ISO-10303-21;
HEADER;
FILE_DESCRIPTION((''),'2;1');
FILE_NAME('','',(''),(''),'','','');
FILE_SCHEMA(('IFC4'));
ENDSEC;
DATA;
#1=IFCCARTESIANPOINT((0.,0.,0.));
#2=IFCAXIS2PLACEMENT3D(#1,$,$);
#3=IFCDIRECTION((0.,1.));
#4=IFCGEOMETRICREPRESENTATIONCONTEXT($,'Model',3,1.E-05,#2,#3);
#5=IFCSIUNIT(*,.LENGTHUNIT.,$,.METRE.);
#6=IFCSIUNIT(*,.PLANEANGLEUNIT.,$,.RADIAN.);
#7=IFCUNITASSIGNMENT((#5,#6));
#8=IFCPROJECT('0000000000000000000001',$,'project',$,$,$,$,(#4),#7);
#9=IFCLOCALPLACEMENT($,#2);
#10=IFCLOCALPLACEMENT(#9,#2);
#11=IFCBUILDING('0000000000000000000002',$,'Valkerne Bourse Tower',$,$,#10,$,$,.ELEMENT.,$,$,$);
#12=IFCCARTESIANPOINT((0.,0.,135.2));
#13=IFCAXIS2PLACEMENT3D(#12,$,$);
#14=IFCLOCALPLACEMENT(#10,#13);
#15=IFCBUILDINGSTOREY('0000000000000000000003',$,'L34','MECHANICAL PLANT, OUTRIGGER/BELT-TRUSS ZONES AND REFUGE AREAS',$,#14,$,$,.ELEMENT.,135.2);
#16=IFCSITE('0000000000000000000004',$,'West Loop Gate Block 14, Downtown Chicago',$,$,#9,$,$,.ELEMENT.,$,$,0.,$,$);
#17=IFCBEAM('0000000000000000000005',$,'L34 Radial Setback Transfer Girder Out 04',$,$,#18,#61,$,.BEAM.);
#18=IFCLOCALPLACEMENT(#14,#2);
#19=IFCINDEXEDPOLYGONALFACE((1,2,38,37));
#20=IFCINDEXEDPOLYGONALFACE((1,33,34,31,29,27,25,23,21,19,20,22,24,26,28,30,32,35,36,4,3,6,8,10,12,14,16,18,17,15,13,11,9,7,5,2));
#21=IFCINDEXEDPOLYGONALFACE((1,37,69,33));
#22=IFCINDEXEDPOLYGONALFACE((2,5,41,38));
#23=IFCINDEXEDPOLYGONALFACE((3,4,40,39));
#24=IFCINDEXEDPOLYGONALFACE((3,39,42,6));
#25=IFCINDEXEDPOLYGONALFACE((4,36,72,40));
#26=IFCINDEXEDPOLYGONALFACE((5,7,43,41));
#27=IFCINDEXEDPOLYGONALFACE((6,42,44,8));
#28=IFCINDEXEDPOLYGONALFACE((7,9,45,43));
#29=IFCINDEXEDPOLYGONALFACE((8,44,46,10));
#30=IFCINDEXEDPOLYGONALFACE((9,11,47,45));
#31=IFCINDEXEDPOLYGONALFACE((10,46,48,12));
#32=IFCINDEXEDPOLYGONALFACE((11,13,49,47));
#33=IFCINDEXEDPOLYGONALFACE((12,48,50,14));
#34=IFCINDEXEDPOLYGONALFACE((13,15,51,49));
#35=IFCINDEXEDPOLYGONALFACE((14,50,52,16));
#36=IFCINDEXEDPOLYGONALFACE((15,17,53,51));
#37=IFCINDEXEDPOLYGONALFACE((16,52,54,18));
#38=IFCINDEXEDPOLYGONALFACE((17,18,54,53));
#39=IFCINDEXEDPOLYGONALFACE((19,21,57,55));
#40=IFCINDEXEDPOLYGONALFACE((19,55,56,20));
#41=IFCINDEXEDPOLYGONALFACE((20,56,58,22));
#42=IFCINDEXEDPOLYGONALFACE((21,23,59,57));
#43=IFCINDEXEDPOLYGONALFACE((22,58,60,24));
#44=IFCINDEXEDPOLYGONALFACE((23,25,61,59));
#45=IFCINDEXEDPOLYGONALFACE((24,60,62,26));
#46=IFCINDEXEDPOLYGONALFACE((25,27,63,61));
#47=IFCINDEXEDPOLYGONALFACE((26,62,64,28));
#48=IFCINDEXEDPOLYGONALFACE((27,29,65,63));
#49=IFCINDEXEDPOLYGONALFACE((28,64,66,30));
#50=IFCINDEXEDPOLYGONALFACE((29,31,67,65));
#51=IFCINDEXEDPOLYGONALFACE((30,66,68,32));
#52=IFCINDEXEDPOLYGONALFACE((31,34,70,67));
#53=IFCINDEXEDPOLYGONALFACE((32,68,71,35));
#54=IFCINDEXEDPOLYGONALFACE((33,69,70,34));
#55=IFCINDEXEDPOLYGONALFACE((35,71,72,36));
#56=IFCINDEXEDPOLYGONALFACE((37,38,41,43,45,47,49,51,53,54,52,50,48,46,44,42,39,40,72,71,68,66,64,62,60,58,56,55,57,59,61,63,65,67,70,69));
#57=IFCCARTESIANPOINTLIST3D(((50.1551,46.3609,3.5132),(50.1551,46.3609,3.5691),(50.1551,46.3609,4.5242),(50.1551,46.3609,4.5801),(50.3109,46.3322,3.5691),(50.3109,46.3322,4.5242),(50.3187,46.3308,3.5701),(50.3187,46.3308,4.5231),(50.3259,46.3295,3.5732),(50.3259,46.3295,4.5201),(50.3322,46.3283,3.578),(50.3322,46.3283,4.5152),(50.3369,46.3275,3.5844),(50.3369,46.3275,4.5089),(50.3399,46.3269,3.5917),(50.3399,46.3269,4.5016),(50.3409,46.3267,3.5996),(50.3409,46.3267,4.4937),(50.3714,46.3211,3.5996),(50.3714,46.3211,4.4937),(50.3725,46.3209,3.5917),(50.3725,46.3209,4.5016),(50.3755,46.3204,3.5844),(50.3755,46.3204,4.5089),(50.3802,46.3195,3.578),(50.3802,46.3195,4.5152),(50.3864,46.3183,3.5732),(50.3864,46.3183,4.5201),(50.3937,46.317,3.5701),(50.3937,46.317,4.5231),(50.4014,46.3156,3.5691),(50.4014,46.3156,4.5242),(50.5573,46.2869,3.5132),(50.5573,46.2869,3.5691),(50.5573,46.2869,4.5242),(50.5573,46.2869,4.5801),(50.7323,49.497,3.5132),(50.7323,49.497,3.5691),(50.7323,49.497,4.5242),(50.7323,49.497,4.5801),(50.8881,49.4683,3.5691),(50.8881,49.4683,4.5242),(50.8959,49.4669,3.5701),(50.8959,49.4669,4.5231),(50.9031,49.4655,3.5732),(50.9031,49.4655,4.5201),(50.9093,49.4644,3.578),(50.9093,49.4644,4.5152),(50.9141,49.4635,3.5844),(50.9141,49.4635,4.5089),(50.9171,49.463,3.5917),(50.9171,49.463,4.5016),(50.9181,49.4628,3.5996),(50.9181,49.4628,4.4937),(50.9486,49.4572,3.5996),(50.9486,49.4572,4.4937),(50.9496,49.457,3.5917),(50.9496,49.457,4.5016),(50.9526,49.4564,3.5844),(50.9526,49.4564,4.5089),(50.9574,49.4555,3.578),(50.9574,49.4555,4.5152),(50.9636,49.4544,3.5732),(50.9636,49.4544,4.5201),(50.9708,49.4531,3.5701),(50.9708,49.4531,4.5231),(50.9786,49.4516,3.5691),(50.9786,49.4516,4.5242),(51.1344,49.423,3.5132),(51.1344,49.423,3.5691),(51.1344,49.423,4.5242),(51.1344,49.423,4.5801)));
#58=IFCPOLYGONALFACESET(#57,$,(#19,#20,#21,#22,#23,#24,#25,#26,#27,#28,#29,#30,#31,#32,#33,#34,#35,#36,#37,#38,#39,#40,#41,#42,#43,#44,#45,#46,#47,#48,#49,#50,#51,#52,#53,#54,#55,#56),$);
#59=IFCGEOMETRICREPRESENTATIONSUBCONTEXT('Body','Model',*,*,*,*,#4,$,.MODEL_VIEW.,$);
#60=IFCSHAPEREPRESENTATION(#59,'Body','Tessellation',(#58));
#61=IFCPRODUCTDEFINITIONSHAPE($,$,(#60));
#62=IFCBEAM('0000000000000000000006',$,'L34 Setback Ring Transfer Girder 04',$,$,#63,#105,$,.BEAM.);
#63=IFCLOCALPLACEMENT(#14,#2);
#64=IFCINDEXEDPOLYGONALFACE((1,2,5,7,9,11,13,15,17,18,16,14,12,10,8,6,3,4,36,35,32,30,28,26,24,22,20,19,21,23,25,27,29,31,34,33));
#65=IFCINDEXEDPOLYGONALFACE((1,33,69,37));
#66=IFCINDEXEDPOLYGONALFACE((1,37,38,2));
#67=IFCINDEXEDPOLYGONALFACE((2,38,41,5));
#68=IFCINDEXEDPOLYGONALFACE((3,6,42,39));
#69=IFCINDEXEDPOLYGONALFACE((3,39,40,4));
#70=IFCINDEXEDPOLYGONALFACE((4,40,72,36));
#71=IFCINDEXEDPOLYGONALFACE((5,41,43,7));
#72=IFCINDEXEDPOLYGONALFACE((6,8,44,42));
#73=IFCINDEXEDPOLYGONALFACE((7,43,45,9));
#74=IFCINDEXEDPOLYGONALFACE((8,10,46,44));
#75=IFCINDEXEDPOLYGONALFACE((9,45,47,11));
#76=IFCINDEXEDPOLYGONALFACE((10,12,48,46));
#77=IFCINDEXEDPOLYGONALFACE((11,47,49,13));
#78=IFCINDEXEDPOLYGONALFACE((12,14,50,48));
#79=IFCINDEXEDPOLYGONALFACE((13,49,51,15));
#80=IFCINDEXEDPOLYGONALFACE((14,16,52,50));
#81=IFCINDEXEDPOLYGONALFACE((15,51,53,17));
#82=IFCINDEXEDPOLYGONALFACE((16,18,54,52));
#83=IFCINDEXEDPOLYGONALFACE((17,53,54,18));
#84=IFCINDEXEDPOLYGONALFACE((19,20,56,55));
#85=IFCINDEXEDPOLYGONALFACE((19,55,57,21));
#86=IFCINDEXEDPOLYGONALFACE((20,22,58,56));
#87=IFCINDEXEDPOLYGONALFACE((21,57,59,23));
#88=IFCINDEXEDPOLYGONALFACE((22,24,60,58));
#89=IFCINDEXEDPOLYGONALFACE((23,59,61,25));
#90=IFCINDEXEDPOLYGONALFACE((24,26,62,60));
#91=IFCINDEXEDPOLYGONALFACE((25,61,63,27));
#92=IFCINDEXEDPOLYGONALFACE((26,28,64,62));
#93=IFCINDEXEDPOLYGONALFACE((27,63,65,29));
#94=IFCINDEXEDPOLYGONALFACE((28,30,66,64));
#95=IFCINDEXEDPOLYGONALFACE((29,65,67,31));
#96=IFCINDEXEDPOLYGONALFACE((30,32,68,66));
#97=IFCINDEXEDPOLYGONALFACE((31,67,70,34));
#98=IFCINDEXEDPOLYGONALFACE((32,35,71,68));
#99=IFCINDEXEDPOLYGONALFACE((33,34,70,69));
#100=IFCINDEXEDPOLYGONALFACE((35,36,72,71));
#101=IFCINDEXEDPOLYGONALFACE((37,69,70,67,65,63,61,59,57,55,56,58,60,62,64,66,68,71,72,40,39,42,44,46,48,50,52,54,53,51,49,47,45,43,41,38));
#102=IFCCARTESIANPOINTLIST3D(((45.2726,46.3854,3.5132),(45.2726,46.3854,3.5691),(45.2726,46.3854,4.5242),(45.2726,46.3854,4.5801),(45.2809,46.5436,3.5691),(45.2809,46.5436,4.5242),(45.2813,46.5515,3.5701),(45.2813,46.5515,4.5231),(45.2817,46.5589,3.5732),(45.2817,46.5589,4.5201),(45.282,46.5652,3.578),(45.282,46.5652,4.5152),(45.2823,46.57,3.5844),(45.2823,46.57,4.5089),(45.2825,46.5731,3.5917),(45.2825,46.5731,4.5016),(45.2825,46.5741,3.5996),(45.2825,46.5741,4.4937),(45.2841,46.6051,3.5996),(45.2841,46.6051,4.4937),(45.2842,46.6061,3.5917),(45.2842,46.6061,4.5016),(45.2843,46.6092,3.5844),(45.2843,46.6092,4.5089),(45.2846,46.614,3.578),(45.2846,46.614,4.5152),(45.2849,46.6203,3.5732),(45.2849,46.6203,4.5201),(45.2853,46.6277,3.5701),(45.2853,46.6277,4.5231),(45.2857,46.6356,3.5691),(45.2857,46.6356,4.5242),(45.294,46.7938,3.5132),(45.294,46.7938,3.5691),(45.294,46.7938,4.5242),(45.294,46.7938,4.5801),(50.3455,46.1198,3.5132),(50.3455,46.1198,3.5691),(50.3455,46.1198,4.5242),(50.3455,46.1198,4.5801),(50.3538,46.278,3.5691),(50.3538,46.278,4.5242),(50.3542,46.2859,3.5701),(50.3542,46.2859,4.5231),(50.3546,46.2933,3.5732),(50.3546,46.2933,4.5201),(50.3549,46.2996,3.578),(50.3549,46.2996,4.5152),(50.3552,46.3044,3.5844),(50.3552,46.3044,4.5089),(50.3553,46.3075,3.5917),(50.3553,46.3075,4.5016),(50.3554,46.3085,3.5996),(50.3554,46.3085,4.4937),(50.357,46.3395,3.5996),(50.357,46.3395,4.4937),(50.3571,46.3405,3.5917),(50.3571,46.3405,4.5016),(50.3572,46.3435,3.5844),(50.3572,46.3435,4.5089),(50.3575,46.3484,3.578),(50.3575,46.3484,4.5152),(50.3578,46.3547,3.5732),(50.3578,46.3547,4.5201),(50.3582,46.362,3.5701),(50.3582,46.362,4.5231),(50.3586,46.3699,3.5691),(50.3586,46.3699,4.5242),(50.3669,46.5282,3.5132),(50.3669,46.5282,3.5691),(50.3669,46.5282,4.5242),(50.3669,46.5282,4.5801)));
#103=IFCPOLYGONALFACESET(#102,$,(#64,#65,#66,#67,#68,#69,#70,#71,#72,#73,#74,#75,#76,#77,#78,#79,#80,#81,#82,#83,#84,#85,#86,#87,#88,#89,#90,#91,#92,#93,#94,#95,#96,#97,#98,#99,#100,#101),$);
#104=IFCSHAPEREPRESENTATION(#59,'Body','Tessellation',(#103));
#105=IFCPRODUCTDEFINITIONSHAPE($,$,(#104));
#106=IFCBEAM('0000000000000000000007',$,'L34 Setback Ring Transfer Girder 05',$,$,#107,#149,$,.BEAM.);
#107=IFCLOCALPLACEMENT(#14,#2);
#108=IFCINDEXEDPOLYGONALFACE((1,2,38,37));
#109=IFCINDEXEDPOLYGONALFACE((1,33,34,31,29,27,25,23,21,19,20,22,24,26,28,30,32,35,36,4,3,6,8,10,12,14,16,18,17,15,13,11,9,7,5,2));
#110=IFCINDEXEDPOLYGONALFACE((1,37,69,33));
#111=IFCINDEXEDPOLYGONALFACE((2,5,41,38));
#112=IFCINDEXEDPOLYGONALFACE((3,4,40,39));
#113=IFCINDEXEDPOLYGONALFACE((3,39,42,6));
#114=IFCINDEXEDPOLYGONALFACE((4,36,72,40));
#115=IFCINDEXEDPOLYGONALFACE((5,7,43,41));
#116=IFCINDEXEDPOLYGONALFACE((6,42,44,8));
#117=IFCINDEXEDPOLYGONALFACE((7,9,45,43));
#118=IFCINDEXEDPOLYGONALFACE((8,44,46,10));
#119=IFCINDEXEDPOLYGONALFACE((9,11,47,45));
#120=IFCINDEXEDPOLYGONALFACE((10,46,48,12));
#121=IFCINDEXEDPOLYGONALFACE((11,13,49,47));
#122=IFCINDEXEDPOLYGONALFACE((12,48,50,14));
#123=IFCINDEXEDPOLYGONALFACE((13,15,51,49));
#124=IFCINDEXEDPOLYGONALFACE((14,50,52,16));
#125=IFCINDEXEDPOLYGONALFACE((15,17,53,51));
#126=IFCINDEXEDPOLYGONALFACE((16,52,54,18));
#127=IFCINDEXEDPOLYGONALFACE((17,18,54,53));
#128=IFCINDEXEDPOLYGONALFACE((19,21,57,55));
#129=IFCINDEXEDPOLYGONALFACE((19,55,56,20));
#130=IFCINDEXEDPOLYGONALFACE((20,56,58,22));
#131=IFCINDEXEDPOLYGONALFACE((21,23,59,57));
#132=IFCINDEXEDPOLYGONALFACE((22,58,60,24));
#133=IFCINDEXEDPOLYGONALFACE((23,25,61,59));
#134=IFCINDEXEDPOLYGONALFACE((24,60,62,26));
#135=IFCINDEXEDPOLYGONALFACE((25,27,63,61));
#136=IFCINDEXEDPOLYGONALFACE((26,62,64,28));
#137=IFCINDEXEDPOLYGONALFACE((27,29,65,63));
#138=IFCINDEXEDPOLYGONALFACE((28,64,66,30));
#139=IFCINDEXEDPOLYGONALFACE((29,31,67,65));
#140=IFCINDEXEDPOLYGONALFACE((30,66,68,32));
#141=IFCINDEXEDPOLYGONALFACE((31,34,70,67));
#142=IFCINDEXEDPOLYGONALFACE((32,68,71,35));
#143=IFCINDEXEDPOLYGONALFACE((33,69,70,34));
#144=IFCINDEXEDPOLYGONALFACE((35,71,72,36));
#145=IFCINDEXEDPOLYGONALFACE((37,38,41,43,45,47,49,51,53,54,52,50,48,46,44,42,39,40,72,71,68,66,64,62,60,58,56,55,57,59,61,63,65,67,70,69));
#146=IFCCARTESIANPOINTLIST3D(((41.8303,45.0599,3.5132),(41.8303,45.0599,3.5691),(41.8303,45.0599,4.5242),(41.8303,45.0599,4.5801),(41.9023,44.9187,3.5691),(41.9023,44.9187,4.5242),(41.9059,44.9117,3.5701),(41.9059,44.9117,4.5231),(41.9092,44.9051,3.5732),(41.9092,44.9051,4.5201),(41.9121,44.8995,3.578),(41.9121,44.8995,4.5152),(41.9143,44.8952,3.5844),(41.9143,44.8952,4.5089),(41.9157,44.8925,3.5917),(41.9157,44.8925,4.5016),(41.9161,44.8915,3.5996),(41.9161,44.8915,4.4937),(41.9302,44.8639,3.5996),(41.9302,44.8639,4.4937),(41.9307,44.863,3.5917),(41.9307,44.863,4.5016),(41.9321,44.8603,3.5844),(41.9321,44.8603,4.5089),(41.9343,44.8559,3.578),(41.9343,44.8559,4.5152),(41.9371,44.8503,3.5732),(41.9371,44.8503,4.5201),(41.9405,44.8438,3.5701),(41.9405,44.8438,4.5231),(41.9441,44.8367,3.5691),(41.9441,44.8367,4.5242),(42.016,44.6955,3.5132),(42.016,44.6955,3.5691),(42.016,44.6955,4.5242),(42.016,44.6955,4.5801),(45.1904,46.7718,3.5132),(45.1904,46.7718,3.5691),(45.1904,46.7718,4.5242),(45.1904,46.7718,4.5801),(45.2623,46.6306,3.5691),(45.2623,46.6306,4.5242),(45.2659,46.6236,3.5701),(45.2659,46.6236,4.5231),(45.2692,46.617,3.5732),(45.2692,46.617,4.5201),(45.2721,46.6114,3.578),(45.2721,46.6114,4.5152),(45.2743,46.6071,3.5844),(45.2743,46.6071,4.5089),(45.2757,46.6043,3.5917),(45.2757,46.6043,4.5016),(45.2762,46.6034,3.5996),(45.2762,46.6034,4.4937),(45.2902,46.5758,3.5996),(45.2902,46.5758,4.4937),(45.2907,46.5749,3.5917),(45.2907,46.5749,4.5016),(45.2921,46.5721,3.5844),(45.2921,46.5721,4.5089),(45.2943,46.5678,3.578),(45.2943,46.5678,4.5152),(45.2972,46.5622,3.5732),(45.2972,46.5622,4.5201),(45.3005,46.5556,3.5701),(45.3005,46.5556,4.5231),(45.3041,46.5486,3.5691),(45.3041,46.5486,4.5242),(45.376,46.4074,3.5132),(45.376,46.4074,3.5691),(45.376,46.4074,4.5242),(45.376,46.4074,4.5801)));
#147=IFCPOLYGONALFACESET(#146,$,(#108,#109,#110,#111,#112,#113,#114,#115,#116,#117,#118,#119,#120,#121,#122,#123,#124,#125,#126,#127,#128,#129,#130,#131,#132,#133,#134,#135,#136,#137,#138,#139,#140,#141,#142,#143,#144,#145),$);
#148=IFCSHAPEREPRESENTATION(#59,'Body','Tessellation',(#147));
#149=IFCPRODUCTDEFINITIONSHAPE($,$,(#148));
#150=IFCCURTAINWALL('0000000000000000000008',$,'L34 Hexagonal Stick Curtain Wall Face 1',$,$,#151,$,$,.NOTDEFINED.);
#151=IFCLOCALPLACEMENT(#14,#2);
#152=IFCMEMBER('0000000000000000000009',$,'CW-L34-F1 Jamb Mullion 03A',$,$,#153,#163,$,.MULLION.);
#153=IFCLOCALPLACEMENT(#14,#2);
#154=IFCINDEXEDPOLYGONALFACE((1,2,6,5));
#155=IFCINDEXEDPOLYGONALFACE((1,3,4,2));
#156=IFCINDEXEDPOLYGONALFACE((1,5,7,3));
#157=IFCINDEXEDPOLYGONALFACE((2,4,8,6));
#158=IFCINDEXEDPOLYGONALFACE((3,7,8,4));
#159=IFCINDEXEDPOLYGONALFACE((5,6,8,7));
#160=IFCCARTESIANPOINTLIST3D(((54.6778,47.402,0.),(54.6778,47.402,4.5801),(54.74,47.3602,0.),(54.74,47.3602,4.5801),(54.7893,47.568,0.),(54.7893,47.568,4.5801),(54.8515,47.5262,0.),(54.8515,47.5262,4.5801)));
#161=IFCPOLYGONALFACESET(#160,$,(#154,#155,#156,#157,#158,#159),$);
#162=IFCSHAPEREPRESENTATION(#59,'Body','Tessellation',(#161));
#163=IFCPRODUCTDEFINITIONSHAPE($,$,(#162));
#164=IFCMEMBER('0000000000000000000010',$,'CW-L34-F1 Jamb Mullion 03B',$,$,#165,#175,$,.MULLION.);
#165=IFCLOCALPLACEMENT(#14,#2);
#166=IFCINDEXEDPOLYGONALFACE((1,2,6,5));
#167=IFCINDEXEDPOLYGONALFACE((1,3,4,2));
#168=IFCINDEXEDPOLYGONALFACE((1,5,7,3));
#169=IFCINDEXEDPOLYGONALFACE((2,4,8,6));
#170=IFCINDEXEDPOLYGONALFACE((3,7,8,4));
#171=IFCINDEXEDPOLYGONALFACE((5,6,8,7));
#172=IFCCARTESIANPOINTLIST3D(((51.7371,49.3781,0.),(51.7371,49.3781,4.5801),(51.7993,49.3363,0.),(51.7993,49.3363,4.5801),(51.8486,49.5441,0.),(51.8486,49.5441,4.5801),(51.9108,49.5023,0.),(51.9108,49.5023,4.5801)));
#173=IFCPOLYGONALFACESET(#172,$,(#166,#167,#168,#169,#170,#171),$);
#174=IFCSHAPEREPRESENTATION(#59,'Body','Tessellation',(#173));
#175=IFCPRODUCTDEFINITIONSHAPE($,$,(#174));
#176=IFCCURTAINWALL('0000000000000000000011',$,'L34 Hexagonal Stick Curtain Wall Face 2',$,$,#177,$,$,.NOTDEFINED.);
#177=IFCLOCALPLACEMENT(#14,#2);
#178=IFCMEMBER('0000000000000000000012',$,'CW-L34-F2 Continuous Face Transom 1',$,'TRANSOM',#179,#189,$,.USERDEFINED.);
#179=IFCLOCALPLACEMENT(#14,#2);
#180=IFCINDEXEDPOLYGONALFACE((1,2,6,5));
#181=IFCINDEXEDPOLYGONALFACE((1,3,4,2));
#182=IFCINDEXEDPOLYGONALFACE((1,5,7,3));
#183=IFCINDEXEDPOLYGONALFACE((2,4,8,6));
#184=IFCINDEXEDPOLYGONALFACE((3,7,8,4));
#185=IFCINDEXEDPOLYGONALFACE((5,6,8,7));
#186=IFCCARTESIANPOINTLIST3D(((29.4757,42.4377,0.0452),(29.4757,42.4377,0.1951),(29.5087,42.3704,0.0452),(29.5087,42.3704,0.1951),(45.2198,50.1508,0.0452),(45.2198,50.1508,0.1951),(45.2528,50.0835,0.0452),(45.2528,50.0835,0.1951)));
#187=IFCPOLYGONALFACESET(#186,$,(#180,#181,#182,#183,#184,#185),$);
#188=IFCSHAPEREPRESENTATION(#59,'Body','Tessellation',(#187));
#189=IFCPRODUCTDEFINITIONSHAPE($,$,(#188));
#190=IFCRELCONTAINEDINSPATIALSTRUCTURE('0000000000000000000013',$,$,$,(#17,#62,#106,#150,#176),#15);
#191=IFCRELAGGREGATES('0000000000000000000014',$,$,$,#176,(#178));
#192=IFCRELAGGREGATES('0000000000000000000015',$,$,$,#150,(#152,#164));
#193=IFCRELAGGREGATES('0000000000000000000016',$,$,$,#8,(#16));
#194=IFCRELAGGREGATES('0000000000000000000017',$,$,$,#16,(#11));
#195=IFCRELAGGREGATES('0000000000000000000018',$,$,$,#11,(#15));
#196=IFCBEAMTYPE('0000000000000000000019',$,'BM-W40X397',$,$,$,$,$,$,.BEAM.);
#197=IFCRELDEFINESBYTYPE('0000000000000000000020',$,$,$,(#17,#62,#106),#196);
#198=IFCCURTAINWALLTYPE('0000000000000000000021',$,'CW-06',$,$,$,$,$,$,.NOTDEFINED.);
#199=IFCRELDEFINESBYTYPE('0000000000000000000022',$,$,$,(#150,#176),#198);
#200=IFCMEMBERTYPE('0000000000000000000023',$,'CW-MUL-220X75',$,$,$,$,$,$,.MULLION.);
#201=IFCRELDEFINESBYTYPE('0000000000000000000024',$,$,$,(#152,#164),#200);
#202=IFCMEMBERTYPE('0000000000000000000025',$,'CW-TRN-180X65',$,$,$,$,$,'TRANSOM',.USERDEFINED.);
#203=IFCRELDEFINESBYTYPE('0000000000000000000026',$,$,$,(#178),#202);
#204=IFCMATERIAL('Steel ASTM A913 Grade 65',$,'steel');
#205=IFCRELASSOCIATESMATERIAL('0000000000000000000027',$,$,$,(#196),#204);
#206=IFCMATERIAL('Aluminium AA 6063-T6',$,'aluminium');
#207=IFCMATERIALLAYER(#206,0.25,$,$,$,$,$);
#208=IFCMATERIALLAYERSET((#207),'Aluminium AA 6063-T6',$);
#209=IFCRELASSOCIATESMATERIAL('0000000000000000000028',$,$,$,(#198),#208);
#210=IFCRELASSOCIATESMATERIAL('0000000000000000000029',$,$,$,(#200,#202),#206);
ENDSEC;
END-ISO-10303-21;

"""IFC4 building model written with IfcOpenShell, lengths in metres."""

from ifc_helpers import new_model, si_unit, direction, frame, origin, origin_2d, place, context, subcontext, project, spatial, rectangle, i_section, extrude, material, layer, layer_set, material_profile, profile_set, type_object, element, aggregate, save


model = new_model("IFC4")

# Units and contexts
model_context = context("Model", 3, precision=1e-05, world=origin(), true_north=direction((0.0, 1.0)))
body_context = subcontext(model_context, "Body", "Model", "MODEL_VIEW")
ifc_project = project(units=[si_unit("LENGTHUNIT", "METRE"), si_unit("PLANEANGLEUNIT", "RADIAN")], contexts=[model_context])

# Site, building, storey
site_placement = place(None, origin())
site = spatial("IfcSite", under=ifc_project, at=site_placement, Name="West Loop Gate Block 14, Downtown Chicago", CompositionType="ELEMENT", RefElevation=0.0)
building_placement = place(site_placement, origin())
building = spatial("IfcBuilding", under=site, at=building_placement, Name="Valkerne Bourse Tower", CompositionType="ELEMENT")
storey_placement = place(building_placement, frame((0.0, 0.0, 135.2)))
storey = spatial("IfcBuildingStorey", under=building, at=storey_placement, Name="L34", Description="MECHANICAL PLANT, OUTRIGGER/BELT-TRUSS ZONES AND REFUGE AREAS", CompositionType="ELEMENT", Elevation=135.2)

# Shared definitions
ifc_material_1 = material(Name="Steel ASTM A913 Grade 65", Category="steel")

# Beams
ifc_material_profile_1 = material_profile(ifc_material_1, i_section(OverallWidth=0.4089, OverallDepth=1.0669, WebThickness=0.031, FlangeThickness=0.0559, FilletRadius=0.0305, at=origin_2d()), Name="W40X397")
ifc_profile_set_1 = profile_set([ifc_material_profile_1], Name="Steel ASTM A913 Grade 65")
beam_type_1 = type_object("IfcBeamType", Name="BM-W40X397", PredefinedType="BEAM", material=ifc_profile_set_1)
beam_1_placement = place(storey_placement, frame((50.9333, 49.46, 4.0466), z_axis=(-0.181001, -0.983483, 0.0), x_axis=(0.983483, -0.181001, 0.0)))
element("IfcBeam", 1, at=beam_1_placement, inside=storey, type_object=beam_type_1, Name="L34 Radial Setback Transfer Girder Out 04", PredefinedType="BEAM", context=body_context, shape_type="SweptSolid", body=[
    extrude(i_section(OverallWidth=0.4089, OverallDepth=1.0669, WebThickness=0.031, FlangeThickness=0.0559, FilletRadius=0.0305, at=origin_2d()), origin(), (0.0, 0.0, 1.0), 3.1887),
])
beam_2_placement = place(storey_placement, frame((50.3562, 46.324, 4.0466), z_axis=(-0.998632, 0.052289, 0.0), x_axis=(-0.052289, -0.998632, 0.0)))
element("IfcBeam", 2, at=beam_2_placement, inside=storey, type_object=beam_type_1, Name="L34 Setback Ring Transfer Girder 04", PredefinedType="BEAM", context=body_context, shape_type="SweptSolid", body=[
    extrude(i_section(OverallWidth=0.4089, OverallDepth=1.0669, WebThickness=0.031, FlangeThickness=0.0559, FilletRadius=0.0305, at=origin_2d()), origin(), (0.0, 0.0, 1.0), 5.0798),
])
beam_3_placement = place(storey_placement, frame((45.2832, 46.5896, 4.0466), z_axis=(-0.891022, -0.45396, 0.0), x_axis=(0.45396, -0.891022, 0.0)))
element("IfcBeam", 3, at=beam_3_placement, inside=storey, type_object=beam_type_1, Name="L34 Setback Ring Transfer Girder 05", PredefinedType="BEAM", context=body_context, shape_type="SweptSolid", body=[
    extrude(i_section(OverallWidth=0.4089, OverallDepth=1.0669, WebThickness=0.031, FlangeThickness=0.0559, FilletRadius=0.0305, at=origin_2d()), origin(), (0.0, 0.0, 1.0), 3.771),
])

# Curtain walls, members
ifc_material_2 = material(Name="Aluminium AA 6063-T6", Category="aluminium")
ifc_layer_1 = layer(ifc_material_2, 0.25)
ifc_layer_set_1 = layer_set([ifc_layer_1], Name="Aluminium AA 6063-T6")
curtain_wall_type = type_object("IfcCurtainWallType", Name="CW-06", PredefinedType="NOTDEFINED", material=ifc_layer_set_1)
curtain_wall_1_placement = place(storey_placement, origin())
curtain_wall_1 = element("IfcCurtainWall", 4, at=curtain_wall_1_placement, inside=storey, type_object=curtain_wall_type, Name="L34 Hexagonal Stick Curtain Wall Face 1", PredefinedType="NOTDEFINED")
ifc_material_profile_2 = material_profile(ifc_material_2, rectangle(XDim=0.075, YDim=0.2, at=origin_2d()), Name="CWM-75X200")
ifc_profile_set_2 = profile_set([ifc_material_profile_2], Name="Aluminium AA 6063-T6")
member_type_1 = type_object("IfcMemberType", Name="CW-MUL-220X75", PredefinedType="MULLION", material=ifc_profile_set_2)
member_1_placement = place(storey_placement, frame((54.7646, 47.4641, 0.0), z_axis=(0.0, 0.0, 1.0), x_axis=(-0.830009, 0.55775, 0.0)))
member_1 = element("IfcMember", 5, at=member_1_placement, type_object=member_type_1, Name="CW-L34-F1 Jamb Mullion 03A", PredefinedType="MULLION", context=body_context, shape_type="SweptSolid", body=[
    extrude(rectangle(XDim=0.075, YDim=0.2, at=origin_2d()), origin(), (0.0, 0.0, 1.0), 4.5801),
])
member_2_placement = place(storey_placement, frame((51.824, 49.4402, 0.0), z_axis=(0.0, 0.0, 1.0), x_axis=(-0.830009, 0.55775, 0.0)))
member_2 = element("IfcMember", 6, at=member_2_placement, type_object=member_type_1, Name="CW-L34-F1 Jamb Mullion 03B", PredefinedType="MULLION", context=body_context, shape_type="SweptSolid", body=[
    extrude(rectangle(XDim=0.075, YDim=0.2, at=origin_2d()), origin(), (0.0, 0.0, 1.0), 4.5801),
])
curtain_wall_2_placement = place(storey_placement, origin())
curtain_wall_2 = element("IfcCurtainWall", 7, at=curtain_wall_2_placement, inside=storey, type_object=curtain_wall_type, Name="L34 Hexagonal Stick Curtain Wall Face 2", PredefinedType="NOTDEFINED")
ifc_material_profile_3 = material_profile(ifc_material_2, rectangle(XDim=0.075, YDim=0.1499, at=origin_2d()), Name="CWT-75X150")
ifc_profile_set_3 = profile_set([ifc_material_profile_3], Name="Aluminium AA 6063-T6")
member_type_2 = type_object("IfcMemberType", Name="CW-TRN-180X65", ElementType="TRANSOM", PredefinedType="USERDEFINED", material=ifc_profile_set_3)
member_3_placement = place(storey_placement, frame((45.2363, 50.1172, 0.1201), z_axis=(-0.898024, -0.439947, 0.0), x_axis=(0.439947, -0.898024, 0.0)))
member_3 = element("IfcMember", 8, at=member_3_placement, type_object=member_type_2, Name="CW-L34-F2 Continuous Face Transom 1", ObjectType="TRANSOM", PredefinedType="USERDEFINED", context=body_context, shape_type="SweptSolid", body=[
    extrude(rectangle(XDim=0.075, YDim=0.1499, at=origin_2d()), origin(), (0.0, 0.0, 1.0), 17.532),
])
aggregate(curtain_wall_2, [member_3])

aggregate(curtain_wall_1, [member_1, member_2])

save(model, "model.ifc")
